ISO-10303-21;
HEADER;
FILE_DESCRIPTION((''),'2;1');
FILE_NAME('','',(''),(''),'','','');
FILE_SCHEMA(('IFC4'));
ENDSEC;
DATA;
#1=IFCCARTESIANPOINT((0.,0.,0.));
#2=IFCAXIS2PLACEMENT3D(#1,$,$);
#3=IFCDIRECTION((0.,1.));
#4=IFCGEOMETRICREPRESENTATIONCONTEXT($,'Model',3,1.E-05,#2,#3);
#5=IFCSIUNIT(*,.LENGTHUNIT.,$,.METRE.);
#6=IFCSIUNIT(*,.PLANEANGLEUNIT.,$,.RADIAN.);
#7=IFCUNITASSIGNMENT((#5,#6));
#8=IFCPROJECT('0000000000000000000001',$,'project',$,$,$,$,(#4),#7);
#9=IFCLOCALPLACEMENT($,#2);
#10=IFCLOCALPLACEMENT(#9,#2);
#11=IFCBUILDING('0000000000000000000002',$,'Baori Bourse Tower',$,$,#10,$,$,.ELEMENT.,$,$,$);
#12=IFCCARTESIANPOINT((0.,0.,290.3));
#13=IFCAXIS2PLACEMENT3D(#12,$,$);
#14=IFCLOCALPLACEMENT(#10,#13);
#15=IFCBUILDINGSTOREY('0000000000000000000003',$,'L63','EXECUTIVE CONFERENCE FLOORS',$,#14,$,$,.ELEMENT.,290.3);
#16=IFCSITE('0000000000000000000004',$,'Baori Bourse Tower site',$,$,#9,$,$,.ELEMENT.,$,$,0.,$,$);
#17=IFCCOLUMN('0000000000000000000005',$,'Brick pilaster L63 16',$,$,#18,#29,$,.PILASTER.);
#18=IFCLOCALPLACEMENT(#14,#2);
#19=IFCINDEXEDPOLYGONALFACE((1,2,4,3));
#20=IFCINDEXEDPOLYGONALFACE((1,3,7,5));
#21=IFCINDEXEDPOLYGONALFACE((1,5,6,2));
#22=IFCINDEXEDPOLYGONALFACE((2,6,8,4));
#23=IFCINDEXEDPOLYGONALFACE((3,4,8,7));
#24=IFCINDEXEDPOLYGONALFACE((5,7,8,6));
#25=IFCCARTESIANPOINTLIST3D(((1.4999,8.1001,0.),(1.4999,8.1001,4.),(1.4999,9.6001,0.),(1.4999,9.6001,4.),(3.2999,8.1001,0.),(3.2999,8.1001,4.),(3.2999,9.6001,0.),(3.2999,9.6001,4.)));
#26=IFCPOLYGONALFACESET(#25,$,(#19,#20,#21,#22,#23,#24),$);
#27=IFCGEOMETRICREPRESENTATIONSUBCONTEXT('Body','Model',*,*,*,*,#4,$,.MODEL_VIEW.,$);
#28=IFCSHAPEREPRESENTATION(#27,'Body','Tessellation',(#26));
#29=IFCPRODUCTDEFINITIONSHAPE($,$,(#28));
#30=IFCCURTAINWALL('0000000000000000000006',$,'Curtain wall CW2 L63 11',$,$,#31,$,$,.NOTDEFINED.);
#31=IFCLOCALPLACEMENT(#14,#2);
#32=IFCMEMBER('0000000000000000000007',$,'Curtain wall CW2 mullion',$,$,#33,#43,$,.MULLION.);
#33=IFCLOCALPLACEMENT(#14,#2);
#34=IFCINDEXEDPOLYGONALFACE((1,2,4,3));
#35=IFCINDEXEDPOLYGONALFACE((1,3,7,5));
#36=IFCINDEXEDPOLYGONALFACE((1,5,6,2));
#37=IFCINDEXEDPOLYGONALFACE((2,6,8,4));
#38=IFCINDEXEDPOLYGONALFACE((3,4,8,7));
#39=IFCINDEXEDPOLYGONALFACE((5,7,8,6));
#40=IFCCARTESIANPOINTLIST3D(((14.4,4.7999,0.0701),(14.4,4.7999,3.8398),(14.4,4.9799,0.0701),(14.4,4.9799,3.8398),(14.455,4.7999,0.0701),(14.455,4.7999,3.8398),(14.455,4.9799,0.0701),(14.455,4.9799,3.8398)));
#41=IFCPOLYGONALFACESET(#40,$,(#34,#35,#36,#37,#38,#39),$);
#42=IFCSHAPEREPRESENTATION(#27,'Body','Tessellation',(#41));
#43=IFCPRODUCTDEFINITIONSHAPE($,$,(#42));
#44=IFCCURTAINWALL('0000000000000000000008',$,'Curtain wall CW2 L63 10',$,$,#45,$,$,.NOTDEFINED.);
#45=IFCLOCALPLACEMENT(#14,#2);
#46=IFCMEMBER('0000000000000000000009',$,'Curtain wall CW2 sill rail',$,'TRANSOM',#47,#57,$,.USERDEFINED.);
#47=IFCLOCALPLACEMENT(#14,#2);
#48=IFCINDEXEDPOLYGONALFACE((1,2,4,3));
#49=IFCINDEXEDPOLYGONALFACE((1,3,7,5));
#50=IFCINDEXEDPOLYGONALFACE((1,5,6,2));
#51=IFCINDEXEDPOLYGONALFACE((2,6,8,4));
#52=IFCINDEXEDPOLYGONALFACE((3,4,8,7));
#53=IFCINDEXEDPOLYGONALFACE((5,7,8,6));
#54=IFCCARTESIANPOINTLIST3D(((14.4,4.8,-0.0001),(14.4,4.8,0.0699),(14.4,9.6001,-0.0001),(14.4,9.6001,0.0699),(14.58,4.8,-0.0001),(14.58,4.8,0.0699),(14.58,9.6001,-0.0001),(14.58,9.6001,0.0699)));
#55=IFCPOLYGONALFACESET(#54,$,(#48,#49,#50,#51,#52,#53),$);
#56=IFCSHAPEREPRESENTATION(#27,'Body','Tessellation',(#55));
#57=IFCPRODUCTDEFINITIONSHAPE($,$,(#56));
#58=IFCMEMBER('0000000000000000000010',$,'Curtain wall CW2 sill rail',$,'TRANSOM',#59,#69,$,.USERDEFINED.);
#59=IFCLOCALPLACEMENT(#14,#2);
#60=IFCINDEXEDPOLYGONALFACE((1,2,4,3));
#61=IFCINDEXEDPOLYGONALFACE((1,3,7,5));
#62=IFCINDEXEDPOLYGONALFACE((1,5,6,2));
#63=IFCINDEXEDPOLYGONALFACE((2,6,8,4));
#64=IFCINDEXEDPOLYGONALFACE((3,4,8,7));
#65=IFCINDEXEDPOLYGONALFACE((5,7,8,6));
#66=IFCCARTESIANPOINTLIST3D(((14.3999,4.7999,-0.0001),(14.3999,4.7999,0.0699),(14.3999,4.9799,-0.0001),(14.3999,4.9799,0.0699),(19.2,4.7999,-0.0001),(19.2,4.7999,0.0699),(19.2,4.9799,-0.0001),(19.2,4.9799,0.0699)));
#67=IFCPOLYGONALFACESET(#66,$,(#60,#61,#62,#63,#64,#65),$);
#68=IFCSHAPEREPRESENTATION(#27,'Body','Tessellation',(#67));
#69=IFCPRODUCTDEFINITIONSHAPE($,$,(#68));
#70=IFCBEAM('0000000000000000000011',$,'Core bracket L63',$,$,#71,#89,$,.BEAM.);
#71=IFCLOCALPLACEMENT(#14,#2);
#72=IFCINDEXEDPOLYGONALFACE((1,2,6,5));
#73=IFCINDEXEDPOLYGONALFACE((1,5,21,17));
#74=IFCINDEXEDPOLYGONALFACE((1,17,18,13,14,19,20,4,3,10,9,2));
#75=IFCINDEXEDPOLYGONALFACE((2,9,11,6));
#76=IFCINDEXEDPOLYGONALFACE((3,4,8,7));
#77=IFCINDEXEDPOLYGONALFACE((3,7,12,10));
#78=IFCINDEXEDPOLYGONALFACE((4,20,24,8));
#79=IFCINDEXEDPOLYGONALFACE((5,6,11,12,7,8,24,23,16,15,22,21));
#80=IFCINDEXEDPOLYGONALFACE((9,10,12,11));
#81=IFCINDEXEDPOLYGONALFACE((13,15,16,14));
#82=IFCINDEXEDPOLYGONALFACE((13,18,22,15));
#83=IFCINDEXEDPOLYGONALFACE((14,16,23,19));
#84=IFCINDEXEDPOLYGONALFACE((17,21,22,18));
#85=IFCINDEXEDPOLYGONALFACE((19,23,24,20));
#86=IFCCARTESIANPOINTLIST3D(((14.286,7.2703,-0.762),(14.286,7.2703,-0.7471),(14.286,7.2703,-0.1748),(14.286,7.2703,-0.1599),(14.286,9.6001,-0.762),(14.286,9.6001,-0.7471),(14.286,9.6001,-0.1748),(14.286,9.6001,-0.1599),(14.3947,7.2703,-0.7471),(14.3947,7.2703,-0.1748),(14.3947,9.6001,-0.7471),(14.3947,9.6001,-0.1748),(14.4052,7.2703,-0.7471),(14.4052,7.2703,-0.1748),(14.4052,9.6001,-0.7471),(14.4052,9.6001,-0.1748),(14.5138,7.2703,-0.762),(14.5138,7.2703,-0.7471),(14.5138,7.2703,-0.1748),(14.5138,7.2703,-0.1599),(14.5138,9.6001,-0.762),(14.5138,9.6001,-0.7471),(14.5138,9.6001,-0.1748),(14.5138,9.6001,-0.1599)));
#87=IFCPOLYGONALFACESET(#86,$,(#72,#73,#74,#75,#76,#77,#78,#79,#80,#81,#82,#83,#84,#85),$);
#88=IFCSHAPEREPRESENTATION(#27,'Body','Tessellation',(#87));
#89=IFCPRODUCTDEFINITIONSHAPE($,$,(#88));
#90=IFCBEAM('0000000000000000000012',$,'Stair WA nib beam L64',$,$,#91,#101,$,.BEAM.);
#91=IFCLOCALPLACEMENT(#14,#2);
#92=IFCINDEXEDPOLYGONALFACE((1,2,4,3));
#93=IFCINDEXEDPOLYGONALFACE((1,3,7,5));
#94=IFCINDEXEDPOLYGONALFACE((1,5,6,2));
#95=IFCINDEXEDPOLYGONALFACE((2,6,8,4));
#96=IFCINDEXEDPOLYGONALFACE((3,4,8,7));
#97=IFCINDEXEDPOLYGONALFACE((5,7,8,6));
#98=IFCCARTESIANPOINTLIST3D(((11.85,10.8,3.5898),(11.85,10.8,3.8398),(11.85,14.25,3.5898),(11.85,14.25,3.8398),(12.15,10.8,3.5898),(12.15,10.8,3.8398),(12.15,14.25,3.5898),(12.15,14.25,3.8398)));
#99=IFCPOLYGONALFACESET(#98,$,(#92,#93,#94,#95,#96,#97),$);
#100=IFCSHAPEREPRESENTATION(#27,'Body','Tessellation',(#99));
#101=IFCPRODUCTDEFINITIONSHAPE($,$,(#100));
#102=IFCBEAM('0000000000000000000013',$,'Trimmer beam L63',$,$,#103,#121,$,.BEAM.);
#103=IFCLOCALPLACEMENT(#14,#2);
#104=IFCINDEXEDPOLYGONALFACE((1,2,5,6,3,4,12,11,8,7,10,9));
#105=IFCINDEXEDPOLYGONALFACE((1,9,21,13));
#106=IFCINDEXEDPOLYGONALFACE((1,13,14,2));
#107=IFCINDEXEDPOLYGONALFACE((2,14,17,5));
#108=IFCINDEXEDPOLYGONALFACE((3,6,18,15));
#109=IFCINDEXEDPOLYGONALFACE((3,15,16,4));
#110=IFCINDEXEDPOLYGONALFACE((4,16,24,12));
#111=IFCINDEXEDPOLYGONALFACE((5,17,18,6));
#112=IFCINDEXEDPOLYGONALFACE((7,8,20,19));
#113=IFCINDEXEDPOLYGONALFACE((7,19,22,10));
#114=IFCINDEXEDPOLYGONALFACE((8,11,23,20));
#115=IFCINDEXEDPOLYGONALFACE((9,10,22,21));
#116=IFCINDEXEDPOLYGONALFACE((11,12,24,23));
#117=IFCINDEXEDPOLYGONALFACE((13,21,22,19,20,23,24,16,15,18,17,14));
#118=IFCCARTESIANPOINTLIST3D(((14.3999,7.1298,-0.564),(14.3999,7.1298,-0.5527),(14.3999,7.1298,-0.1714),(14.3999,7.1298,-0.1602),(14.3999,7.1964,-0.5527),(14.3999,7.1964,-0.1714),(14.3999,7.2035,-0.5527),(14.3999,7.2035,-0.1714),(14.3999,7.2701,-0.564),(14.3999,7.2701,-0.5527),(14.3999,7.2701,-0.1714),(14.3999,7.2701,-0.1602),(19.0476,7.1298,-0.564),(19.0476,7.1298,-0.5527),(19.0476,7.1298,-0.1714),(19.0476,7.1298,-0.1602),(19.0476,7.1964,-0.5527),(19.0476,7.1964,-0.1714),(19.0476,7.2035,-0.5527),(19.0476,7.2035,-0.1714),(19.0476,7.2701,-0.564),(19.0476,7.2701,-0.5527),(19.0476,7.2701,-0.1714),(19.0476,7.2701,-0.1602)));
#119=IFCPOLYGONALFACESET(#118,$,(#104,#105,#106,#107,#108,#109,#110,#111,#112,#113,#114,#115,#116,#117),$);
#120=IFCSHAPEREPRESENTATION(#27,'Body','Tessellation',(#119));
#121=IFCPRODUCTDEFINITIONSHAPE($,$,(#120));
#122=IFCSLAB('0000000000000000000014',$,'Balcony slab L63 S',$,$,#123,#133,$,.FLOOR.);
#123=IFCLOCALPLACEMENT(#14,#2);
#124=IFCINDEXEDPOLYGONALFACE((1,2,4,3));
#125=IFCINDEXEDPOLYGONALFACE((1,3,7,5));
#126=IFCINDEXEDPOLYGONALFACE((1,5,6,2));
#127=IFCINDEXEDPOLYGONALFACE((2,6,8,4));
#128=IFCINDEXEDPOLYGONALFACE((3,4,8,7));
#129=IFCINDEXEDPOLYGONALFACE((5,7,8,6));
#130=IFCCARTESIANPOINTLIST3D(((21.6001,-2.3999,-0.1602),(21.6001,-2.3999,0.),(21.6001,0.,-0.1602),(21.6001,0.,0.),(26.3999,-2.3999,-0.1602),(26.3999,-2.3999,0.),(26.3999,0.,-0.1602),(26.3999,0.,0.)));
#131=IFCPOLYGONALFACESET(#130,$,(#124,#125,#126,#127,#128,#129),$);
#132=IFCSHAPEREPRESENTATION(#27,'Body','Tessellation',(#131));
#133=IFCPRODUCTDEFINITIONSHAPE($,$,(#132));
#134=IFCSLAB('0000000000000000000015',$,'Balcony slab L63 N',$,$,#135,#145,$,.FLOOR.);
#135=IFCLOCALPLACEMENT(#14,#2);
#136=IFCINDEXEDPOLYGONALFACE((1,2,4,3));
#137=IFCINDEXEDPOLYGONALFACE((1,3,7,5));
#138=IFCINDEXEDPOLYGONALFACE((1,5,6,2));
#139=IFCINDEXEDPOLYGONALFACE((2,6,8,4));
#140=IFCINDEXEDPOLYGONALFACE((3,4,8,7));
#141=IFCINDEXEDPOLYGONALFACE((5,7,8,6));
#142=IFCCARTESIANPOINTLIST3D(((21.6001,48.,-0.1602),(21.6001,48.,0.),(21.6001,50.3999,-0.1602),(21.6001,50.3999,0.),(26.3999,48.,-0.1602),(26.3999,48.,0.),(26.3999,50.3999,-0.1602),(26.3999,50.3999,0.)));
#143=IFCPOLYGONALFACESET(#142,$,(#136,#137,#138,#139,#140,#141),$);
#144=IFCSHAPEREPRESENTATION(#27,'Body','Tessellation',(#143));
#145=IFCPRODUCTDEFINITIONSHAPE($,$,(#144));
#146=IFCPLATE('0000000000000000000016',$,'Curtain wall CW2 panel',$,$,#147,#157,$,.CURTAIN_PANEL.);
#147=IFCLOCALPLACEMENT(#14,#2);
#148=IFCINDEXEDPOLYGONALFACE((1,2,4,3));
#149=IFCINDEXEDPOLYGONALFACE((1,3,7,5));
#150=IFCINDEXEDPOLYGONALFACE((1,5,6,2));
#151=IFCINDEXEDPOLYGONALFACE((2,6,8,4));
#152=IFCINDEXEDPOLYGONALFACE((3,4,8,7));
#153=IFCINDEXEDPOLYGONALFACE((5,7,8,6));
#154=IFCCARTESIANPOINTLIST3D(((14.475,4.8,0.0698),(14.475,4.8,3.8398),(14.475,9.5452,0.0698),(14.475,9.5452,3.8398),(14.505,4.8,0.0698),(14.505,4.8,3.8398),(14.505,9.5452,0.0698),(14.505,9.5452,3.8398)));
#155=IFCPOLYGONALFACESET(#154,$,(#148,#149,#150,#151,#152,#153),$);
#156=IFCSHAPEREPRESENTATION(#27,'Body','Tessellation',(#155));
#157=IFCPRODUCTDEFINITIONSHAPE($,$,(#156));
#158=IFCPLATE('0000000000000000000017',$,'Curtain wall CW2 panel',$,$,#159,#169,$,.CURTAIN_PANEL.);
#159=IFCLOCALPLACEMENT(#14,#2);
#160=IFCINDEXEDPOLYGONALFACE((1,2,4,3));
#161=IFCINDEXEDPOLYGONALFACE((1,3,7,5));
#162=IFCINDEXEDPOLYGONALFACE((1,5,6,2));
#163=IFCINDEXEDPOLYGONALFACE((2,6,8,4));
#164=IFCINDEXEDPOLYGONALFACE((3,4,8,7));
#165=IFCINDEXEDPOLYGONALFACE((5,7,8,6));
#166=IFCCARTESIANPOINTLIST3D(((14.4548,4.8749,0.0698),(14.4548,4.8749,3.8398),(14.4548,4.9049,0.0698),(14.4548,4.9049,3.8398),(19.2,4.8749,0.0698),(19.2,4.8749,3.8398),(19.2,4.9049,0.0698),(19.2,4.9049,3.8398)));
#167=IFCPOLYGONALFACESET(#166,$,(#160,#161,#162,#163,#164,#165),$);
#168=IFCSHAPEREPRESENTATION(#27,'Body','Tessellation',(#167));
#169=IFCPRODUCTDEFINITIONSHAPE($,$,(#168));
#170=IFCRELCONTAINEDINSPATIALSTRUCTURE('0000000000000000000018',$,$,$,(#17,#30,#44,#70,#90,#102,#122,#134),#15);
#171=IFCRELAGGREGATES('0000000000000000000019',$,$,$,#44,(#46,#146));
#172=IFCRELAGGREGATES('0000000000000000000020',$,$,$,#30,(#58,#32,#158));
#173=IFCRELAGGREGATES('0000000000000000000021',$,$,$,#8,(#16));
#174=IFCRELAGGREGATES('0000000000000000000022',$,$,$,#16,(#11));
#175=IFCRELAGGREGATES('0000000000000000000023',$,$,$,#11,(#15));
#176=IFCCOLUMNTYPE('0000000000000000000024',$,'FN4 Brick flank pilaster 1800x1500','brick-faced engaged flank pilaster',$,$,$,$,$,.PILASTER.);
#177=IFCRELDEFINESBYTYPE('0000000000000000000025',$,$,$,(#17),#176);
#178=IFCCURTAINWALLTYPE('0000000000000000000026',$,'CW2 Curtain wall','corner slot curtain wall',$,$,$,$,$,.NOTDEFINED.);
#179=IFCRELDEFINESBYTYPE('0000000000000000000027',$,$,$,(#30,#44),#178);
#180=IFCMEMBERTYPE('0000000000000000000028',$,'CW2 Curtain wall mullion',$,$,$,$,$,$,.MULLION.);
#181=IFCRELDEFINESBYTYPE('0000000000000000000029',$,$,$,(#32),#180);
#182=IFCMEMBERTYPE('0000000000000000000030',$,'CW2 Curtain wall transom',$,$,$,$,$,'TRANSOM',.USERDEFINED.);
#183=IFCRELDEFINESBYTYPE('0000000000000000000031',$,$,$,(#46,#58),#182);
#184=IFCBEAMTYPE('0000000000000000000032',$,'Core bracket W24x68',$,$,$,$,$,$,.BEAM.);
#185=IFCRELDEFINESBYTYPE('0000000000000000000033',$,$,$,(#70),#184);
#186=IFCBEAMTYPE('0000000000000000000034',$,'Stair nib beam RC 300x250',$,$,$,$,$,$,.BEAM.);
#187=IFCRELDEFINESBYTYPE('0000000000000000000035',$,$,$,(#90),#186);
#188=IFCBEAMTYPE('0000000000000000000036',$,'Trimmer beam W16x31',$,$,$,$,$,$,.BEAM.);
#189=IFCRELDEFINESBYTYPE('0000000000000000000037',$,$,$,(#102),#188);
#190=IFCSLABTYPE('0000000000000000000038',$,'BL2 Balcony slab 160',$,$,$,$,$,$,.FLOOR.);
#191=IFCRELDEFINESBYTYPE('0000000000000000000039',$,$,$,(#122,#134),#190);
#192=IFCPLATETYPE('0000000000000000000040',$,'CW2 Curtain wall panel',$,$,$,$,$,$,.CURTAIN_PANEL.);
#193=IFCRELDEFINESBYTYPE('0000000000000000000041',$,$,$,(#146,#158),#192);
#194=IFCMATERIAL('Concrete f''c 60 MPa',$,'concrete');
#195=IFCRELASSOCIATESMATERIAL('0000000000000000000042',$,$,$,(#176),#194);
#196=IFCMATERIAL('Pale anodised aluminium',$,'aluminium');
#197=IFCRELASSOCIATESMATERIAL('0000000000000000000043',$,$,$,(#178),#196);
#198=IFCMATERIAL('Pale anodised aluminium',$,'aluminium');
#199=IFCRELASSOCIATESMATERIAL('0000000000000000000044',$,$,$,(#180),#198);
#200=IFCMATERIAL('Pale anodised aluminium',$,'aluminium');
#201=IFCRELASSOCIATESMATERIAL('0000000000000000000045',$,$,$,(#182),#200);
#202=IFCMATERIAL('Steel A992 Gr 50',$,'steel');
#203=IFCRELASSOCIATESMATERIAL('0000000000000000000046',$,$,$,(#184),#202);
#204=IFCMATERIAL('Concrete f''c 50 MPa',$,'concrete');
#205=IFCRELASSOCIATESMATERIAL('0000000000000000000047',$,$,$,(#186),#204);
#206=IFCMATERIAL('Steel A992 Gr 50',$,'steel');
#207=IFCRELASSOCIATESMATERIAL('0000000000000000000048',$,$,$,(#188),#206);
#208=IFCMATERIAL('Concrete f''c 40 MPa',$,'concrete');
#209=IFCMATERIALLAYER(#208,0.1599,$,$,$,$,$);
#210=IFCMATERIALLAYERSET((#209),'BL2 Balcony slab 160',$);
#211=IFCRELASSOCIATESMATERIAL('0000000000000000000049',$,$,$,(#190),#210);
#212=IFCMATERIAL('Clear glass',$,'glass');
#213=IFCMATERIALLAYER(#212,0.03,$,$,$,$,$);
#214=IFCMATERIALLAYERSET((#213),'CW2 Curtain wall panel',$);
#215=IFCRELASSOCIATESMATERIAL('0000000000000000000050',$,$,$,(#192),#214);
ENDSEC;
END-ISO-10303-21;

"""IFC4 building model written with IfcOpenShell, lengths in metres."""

from ifc_helpers import new_model, si_unit, direction, frame, origin, origin_2d, place, context, subcontext, project, spatial, polyline, rectangle, i_section, outline, extrude, material, layer, layer_set, material_profile, profile_set, type_object, element, aggregate, save


model = new_model("IFC4")

# Units and contexts
model_context = context("Model", 3, precision=1e-05, world=origin(), true_north=direction((0.0, 1.0)))
body_context = subcontext(model_context, "Body", "Model", "MODEL_VIEW")
ifc_project = project(units=[si_unit("LENGTHUNIT", "METRE"), si_unit("PLANEANGLEUNIT", "RADIAN")], contexts=[model_context])

# Site, building, storey
site_placement = place(None, origin())
site = spatial("IfcSite", under=ifc_project, at=site_placement, Name="Baori Bourse Tower site", CompositionType="ELEMENT", RefElevation=0.0)
building_placement = place(site_placement, origin())
building = spatial("IfcBuilding", under=site, at=building_placement, Name="Baori Bourse Tower", CompositionType="ELEMENT")
storey_placement = place(building_placement, frame((0.0, 0.0, 290.3)))
storey = spatial("IfcBuildingStorey", under=building, at=storey_placement, Name="L63", Description="EXECUTIVE CONFERENCE FLOORS", CompositionType="ELEMENT", Elevation=290.3)

# Column
ifc_material_1 = material(Name="Concrete f'c 60 MPa", Category="concrete")
ifc_material_profile_1 = material_profile(ifc_material_1, rectangle(XDim=1.8, YDim=1.5, at=origin_2d()), Name="RC 1800x1500")
ifc_profile_set_1 = profile_set([ifc_material_profile_1], Name="Concrete f'c 60 MPa")
column_type = type_object("IfcColumnType", Name="FN4 Brick flank pilaster 1800x1500", Description="brick-faced engaged flank pilaster", PredefinedType="PILASTER", material=ifc_profile_set_1)
column_placement = place(storey_placement, frame((2.3999, 8.8501, 0.0), z_axis=(0.0, 0.0, 1.0), x_axis=(1.0, 0.0, 0.0)))
element("IfcColumn", 1, at=column_placement, inside=storey, type_object=column_type, Name="Brick pilaster L63 16", PredefinedType="PILASTER", context=body_context, shape_type="SweptSolid", body=[
    extrude(rectangle(XDim=1.8, YDim=1.5, at=origin_2d()), origin(), (0.0, 0.0, 1.0), 4.0),
])

# Curtain walls, members
ifc_material_2 = material(Name="Pale anodised aluminium", Category="aluminium")
curtain_wall_type = type_object("IfcCurtainWallType", Name="CW2 Curtain wall", Description="corner slot curtain wall", PredefinedType="NOTDEFINED", material=ifc_material_2)
curtain_wall_1_placement = place(storey_placement, origin())
curtain_wall_1 = element("IfcCurtainWall", 2, at=curtain_wall_1_placement, inside=storey, type_object=curtain_wall_type, Name="Curtain wall CW2 L63 11", PredefinedType="NOTDEFINED")
ifc_material_3 = material(Name="Pale anodised aluminium", Category="aluminium")
ifc_material_profile_2 = material_profile(ifc_material_3, rectangle(XDim=0.1799, YDim=0.0549, at=origin_2d()), Name="Mullion 55x180")
ifc_profile_set_2 = profile_set([ifc_material_profile_2], Name="Pale anodised aluminium")
member_type_1 = type_object("IfcMemberType", Name="CW2 Curtain wall mullion", PredefinedType="MULLION", material=ifc_profile_set_2)
member_1_placement = place(storey_placement, frame((14.4275, 4.8899, 0.0701), z_axis=(0.0, 0.0, 1.0), x_axis=(0.0, 1.0, 0.0)))
member_1 = element("IfcMember", 3, at=member_1_placement, type_object=member_type_1, Name="Curtain wall CW2 mullion", PredefinedType="MULLION", context=body_context, shape_type="SweptSolid", body=[
    extrude(rectangle(XDim=0.1799, YDim=0.0549, at=origin_2d()), origin(), (0.0, 0.0, 1.0), 3.7698),
])
curtain_wall_2_placement = place(storey_placement, origin())
curtain_wall_2 = element("IfcCurtainWall", 4, at=curtain_wall_2_placement, inside=storey, type_object=curtain_wall_type, Name="Curtain wall CW2 L63 10", PredefinedType="NOTDEFINED")
ifc_material_4 = material(Name="Pale anodised aluminium", Category="aluminium")
ifc_material_profile_3 = material_profile(ifc_material_4, rectangle(XDim=0.1799, YDim=0.0701, at=origin_2d()), Name="Transom 70x180")
ifc_profile_set_3 = profile_set([ifc_material_profile_3], Name="Pale anodised aluminium")
member_type_2 = type_object("IfcMemberType", Name="CW2 Curtain wall transom", ElementType="TRANSOM", PredefinedType="USERDEFINED", material=ifc_profile_set_3)
member_2_placement = place(storey_placement, frame((14.49, 9.6001, 0.0349), z_axis=(0.0, -1.0, 0.0), x_axis=(1.0, 0.0, 0.0)))
member_2 = element("IfcMember", 5, at=member_2_placement, type_object=member_type_2, Name="Curtain wall CW2 sill rail", ObjectType="TRANSOM", PredefinedType="USERDEFINED", context=body_context, shape_type="SweptSolid", body=[
    extrude(rectangle(XDim=0.1799, YDim=0.0701, at=origin_2d()), origin(), (0.0, 0.0, 1.0), 4.8),
])

# Member
member_3_placement = place(storey_placement, frame((14.3999, 4.8899, 0.0349), z_axis=(1.0, 0.0, 0.0), x_axis=(0.0, 1.0, 0.0)))
member_3 = element("IfcMember", 6, at=member_3_placement, type_object=member_type_2, Name="Curtain wall CW2 sill rail", ObjectType="TRANSOM", PredefinedType="USERDEFINED", context=body_context, shape_type="SweptSolid", body=[
    extrude(rectangle(XDim=0.1799, YDim=0.0701, at=origin_2d()), origin(), (0.0, 0.0, 1.0), 4.8),
])

# Beams
ifc_material_5 = material(Name="Steel A992 Gr 50", Category="steel")
ifc_material_profile_4 = material_profile(ifc_material_5, i_section(OverallWidth=0.2278, OverallDepth=0.6021, WebThickness=0.0105, FlangeThickness=0.0149, at=origin_2d()), Name="W24x68")
ifc_profile_set_4 = profile_set([ifc_material_profile_4], Name="Steel A992 Gr 50")
beam_type_1 = type_object("IfcBeamType", Name="Core bracket W24x68", PredefinedType="BEAM", material=ifc_profile_set_4)
beam_1_placement = place(storey_placement, frame((14.3999, 7.2703, -0.4609), z_axis=(0.0, 1.0, 0.0), x_axis=(-1.0, 0.0, 0.0)))
element("IfcBeam", 7, at=beam_1_placement, inside=storey, type_object=beam_type_1, Name="Core bracket L63", PredefinedType="BEAM", context=body_context, shape_type="SweptSolid", body=[
    extrude(i_section(OverallWidth=0.2278, OverallDepth=0.6021, WebThickness=0.0105, FlangeThickness=0.0149, at=origin_2d()), origin(), (0.0, 0.0, 1.0), 2.3298),
])
ifc_material_6 = material(Name="Concrete f'c 50 MPa", Category="concrete")
ifc_material_profile_5 = material_profile(ifc_material_6, rectangle(XDim=0.3, YDim=0.25, at=origin_2d()), Name="RC 300x250")
ifc_profile_set_5 = profile_set([ifc_material_profile_5], Name="Concrete f'c 50 MPa")
beam_type_2 = type_object("IfcBeamType", Name="Stair nib beam RC 300x250", PredefinedType="BEAM", material=ifc_profile_set_5)
beam_2_placement = place(storey_placement, frame((12.0, 10.8, 3.7148), z_axis=(0.0, 1.0, 0.0), x_axis=(-1.0, 0.0, 0.0)))
element("IfcBeam", 8, at=beam_2_placement, inside=storey, type_object=beam_type_2, Name="Stair WA nib beam L64", PredefinedType="BEAM", context=body_context, shape_type="SweptSolid", body=[
    extrude(rectangle(XDim=0.3, YDim=0.25, at=origin_2d()), origin(), (0.0, 0.0, 1.0), 3.45),
])
ifc_material_7 = material(Name="Steel A992 Gr 50", Category="steel")
ifc_material_profile_6 = material_profile(ifc_material_7, i_section(OverallWidth=0.1404, OverallDepth=0.4038, WebThickness=0.0071, FlangeThickness=0.0112, at=origin_2d()), Name="W16x31")
ifc_profile_set_6 = profile_set([ifc_material_profile_6], Name="Steel A992 Gr 50")
beam_type_3 = type_object("IfcBeamType", Name="Trimmer beam W16x31", PredefinedType="BEAM", material=ifc_profile_set_6)
beam_3_placement = place(storey_placement, frame((14.3999, 7.2, -0.3621), z_axis=(1.0, 0.0, 0.0), x_axis=(0.0, 1.0, 0.0)))
element("IfcBeam", 9, at=beam_3_placement, inside=storey, type_object=beam_type_3, Name="Trimmer beam L63", PredefinedType="BEAM", context=body_context, shape_type="SweptSolid", body=[
    extrude(i_section(OverallWidth=0.1404, OverallDepth=0.4038, WebThickness=0.0071, FlangeThickness=0.0112, at=origin_2d()), origin(), (0.0, 0.0, 1.0), 4.6477),
])

# Slabs
ifc_material_8 = material(Name="Concrete f'c 40 MPa", Category="concrete")
ifc_layer_1 = layer(ifc_material_8, 0.1599)
ifc_layer_set_1 = layer_set([ifc_layer_1], Name="BL2 Balcony slab 160")
slab_type = type_object("IfcSlabType", Name="BL2 Balcony slab 160", PredefinedType="FLOOR", material=ifc_layer_set_1)
slab_1_placement = place(storey_placement, frame((0.0, 0.0, -0.1602)))
element("IfcSlab", 10, at=slab_1_placement, inside=storey, type_object=slab_type, Name="Balcony slab L63 S", PredefinedType="FLOOR", context=body_context, shape_type="SweptSolid", body=[
    extrude(outline(polyline([(21.6001, 0.0), (21.6001, -2.3999), (26.3999, -2.3999), (26.3999, 0.0), (21.6001, 0.0)])), origin(), (0.0, 0.0, 1.0), 0.1602),
])
slab_2_placement = place(storey_placement, frame((0.0, 0.0, -0.1602)))
element("IfcSlab", 11, at=slab_2_placement, inside=storey, type_object=slab_type, Name="Balcony slab L63 N", PredefinedType="FLOOR", context=body_context, shape_type="SweptSolid", body=[
    extrude(outline(polyline([(21.6001, 48.0), (26.3999, 48.0), (26.3999, 50.3999), (21.6001, 50.3999), (21.6001, 48.0)])), origin(), (0.0, 0.0, 1.0), 0.1602),
])

# Plates
ifc_material_9 = material(Name="Clear glass", Category="glass")
ifc_layer_2 = layer(ifc_material_9, 0.03)
ifc_layer_set_2 = layer_set([ifc_layer_2], Name="CW2 Curtain wall panel")
plate_type = type_object("IfcPlateType", Name="CW2 Curtain wall panel", PredefinedType="CURTAIN_PANEL", material=ifc_layer_set_2)
plate_1_placement = place(storey_placement, frame((14.49, 7.1726, 0.0698), z_axis=(0.0, 0.0, 1.0), x_axis=(0.0, -1.0, 0.0)))
plate_1 = element("IfcPlate", 12, at=plate_1_placement, type_object=plate_type, Name="Curtain wall CW2 panel", PredefinedType="CURTAIN_PANEL", context=body_context, shape_type="SweptSolid", body=[
    extrude(rectangle(XDim=4.7451, YDim=0.03, at=origin_2d()), origin(), (0.0, 0.0, 1.0), 3.77),
])
aggregate(curtain_wall_2, [member_2, plate_1])
plate_2_placement = place(storey_placement, frame((16.8274, 4.8899, 0.0698), z_axis=(0.0, 0.0, 1.0), x_axis=(1.0, 0.0, 0.0)))
plate_2 = element("IfcPlate", 13, at=plate_2_placement, type_object=plate_type, Name="Curtain wall CW2 panel", PredefinedType="CURTAIN_PANEL", context=body_context, shape_type="SweptSolid", body=[
    extrude(rectangle(XDim=4.7451, YDim=0.03, at=origin_2d()), origin(), (0.0, 0.0, 1.0), 3.77),
])
aggregate(curtain_wall_1, [member_3, member_1, plate_2])

save(model, "model.ifc")
